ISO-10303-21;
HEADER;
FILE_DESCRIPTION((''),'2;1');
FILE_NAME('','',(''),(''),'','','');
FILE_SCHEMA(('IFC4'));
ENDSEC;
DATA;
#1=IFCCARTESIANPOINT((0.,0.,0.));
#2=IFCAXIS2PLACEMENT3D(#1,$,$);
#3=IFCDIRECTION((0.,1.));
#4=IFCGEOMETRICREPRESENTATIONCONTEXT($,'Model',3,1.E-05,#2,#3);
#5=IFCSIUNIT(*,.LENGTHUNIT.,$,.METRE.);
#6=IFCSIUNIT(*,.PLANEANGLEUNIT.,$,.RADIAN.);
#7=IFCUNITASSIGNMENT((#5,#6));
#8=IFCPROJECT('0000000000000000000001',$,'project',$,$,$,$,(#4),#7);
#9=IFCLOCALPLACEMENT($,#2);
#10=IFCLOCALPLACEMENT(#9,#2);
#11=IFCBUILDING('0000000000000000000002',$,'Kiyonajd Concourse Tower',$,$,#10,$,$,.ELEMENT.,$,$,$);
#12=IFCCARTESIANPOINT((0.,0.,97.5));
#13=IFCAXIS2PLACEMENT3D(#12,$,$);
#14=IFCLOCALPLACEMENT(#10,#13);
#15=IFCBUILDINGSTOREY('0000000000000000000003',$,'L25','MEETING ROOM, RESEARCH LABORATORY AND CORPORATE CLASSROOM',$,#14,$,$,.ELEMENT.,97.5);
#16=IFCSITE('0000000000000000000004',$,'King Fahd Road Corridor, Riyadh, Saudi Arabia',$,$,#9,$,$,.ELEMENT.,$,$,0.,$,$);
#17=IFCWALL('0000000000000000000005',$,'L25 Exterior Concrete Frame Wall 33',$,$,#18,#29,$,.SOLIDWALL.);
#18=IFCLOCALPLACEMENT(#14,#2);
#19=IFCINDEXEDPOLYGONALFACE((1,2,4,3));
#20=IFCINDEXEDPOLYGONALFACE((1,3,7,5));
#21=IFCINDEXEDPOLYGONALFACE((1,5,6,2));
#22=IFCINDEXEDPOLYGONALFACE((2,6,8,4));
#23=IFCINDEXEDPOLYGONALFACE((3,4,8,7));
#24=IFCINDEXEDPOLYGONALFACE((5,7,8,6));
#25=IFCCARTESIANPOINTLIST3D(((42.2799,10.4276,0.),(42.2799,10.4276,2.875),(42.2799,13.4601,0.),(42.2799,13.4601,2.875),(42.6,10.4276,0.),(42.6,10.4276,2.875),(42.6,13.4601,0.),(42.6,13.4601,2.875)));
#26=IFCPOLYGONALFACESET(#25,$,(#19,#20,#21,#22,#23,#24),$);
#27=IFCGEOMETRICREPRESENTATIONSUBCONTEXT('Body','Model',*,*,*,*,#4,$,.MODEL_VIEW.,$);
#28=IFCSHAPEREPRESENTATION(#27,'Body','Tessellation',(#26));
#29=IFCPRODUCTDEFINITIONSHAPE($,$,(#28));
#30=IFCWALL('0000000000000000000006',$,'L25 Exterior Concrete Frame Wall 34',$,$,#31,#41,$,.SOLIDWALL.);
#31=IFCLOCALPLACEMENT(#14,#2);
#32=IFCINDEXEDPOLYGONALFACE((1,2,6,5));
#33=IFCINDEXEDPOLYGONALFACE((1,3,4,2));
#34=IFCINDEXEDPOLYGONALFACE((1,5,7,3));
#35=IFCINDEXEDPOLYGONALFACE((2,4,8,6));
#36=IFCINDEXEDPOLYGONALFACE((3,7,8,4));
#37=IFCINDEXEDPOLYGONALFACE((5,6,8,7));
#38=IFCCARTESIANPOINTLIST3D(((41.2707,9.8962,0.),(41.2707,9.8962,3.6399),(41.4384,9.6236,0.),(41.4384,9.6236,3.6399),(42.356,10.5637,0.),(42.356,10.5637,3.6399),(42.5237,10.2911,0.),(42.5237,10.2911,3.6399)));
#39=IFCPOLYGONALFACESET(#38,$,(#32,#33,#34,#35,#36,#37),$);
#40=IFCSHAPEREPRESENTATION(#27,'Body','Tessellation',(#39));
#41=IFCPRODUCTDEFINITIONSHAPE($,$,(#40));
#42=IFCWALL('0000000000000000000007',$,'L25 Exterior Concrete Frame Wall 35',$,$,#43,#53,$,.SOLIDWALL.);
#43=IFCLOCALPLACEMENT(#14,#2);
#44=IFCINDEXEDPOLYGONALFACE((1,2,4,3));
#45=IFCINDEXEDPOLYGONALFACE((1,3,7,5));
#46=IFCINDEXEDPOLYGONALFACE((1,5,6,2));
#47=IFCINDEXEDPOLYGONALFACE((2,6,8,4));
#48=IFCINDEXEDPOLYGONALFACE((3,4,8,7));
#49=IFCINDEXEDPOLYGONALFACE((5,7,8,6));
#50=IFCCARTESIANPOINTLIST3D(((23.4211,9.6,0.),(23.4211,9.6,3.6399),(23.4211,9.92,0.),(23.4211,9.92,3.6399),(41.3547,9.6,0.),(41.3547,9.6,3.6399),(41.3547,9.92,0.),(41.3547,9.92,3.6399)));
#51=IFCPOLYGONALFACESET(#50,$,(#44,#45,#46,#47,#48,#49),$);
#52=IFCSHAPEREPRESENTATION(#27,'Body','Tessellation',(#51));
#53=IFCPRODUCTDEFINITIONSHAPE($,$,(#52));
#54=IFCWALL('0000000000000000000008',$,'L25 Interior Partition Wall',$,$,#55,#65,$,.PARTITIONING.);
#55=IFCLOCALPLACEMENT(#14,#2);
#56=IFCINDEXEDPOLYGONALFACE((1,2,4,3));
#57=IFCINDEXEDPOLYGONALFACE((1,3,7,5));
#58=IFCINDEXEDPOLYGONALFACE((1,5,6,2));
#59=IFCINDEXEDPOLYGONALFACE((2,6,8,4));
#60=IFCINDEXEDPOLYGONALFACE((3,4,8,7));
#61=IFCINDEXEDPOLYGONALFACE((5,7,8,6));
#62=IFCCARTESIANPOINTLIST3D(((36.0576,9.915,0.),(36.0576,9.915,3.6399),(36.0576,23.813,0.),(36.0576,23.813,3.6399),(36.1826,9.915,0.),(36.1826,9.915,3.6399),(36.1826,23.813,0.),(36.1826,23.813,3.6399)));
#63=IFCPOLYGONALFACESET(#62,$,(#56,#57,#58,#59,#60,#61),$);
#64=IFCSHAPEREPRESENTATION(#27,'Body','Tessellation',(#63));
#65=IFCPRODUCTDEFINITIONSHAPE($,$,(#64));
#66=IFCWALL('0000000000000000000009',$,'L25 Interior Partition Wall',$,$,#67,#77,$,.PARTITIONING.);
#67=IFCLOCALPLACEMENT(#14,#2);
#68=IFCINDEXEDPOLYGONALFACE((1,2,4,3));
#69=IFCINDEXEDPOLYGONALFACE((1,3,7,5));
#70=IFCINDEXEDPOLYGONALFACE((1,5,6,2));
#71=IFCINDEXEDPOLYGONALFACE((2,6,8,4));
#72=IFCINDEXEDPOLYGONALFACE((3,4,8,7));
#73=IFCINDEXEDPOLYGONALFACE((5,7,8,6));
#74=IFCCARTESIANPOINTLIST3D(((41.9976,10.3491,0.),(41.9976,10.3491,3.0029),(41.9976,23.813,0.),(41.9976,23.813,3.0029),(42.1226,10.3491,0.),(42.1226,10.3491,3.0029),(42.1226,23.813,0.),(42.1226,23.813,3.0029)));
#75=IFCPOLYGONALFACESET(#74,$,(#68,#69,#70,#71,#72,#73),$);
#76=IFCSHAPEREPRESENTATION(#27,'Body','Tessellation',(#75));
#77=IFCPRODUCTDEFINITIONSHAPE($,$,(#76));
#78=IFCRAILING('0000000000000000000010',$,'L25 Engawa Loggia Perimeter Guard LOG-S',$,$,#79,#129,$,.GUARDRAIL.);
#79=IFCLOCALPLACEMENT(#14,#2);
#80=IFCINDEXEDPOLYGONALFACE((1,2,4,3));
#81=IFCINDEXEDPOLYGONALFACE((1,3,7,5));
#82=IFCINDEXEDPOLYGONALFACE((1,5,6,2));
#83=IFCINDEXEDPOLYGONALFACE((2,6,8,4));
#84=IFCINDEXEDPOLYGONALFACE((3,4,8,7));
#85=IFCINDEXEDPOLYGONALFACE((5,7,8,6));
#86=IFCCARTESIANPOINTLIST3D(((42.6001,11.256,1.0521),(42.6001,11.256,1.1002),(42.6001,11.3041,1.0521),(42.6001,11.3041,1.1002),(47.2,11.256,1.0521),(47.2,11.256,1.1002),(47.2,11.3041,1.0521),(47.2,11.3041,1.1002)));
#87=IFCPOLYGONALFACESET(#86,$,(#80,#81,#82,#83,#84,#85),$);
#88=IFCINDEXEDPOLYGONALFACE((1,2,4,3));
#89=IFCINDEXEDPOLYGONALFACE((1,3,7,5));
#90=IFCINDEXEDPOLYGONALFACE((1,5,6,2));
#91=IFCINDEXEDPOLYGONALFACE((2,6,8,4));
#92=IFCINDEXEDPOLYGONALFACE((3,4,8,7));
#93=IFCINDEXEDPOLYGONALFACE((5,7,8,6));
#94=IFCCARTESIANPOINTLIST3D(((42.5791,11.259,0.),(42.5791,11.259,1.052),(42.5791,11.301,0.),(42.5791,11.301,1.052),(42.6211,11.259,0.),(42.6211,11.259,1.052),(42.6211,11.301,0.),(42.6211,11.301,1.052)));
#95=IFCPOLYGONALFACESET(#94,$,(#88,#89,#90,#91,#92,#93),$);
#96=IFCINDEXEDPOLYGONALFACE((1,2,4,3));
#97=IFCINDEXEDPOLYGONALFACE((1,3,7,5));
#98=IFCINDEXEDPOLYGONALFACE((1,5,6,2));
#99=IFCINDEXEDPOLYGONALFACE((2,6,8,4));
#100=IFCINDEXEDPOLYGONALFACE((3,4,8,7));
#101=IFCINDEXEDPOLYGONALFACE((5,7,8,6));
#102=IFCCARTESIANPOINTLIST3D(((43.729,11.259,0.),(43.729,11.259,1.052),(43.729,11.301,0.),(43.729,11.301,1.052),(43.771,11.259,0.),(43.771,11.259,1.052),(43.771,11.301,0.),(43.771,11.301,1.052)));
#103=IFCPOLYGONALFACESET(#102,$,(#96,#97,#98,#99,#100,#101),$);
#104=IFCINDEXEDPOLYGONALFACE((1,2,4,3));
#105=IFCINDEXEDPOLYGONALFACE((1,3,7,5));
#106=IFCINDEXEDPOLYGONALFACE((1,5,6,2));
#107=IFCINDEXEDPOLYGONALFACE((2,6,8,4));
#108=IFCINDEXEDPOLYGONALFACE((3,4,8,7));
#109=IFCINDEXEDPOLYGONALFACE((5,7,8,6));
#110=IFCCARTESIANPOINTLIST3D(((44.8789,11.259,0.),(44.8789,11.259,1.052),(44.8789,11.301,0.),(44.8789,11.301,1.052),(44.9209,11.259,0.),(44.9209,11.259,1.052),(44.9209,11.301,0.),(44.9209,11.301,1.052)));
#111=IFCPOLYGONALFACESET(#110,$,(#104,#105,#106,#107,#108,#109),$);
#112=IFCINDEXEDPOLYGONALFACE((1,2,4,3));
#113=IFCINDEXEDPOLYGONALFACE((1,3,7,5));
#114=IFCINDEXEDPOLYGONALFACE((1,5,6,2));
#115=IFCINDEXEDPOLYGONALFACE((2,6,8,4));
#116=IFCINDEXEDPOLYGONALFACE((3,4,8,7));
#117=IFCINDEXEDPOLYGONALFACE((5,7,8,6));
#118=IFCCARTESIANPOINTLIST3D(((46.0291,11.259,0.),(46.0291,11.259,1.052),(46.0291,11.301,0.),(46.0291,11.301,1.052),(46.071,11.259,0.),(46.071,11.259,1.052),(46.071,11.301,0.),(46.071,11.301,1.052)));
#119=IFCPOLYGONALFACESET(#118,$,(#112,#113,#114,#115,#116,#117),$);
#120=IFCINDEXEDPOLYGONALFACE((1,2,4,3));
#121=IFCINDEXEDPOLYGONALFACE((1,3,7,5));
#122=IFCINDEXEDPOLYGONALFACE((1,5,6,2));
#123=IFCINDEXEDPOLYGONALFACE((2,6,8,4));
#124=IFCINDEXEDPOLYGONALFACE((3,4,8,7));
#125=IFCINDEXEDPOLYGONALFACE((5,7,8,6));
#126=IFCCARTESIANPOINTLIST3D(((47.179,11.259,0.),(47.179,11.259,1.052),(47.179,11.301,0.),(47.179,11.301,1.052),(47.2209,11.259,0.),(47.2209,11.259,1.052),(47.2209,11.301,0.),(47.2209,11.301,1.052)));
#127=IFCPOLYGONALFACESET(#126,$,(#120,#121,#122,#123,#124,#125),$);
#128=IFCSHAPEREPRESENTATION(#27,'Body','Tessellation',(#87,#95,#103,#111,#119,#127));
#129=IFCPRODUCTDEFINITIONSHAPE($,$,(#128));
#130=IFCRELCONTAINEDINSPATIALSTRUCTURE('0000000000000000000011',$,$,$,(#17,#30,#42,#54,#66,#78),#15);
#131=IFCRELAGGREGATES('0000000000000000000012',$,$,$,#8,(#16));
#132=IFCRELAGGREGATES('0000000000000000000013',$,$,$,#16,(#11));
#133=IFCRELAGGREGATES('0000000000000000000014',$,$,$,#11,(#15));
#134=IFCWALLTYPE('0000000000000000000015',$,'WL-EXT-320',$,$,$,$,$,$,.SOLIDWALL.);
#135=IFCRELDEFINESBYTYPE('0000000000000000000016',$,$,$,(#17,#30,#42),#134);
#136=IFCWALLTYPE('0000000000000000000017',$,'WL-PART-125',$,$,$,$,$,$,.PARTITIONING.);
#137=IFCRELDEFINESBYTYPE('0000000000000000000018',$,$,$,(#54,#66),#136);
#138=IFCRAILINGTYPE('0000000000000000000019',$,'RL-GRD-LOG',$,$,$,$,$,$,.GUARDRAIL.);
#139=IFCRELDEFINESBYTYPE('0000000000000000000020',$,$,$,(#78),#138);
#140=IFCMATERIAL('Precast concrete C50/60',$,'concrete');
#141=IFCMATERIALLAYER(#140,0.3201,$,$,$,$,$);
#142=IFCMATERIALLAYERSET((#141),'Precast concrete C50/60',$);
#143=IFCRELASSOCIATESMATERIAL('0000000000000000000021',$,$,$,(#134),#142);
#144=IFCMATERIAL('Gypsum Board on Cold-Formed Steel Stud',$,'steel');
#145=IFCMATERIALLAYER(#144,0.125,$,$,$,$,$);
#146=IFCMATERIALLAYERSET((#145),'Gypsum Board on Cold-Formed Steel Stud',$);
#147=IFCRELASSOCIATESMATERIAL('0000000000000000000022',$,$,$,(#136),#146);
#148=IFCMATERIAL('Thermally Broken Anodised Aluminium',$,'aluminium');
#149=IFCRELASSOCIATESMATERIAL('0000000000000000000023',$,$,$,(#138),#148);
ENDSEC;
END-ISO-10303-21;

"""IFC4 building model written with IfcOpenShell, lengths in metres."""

from ifc_helpers import new_model, si_unit, direction, frame, frame_2d, origin, origin_2d, place, context, subcontext, project, spatial, rectangle, extrude, material, layer, layer_set, type_object, element, save


model = new_model("IFC4")

# Units and contexts
model_context = context("Model", 3, precision=1e-05, world=origin(), true_north=direction((0.0, 1.0)))
body_context = subcontext(model_context, "Body", "Model", "MODEL_VIEW")
ifc_project = project(units=[si_unit("LENGTHUNIT", "METRE"), si_unit("PLANEANGLEUNIT", "RADIAN")], contexts=[model_context])

# Site, building, storey
site_placement = place(None, origin())
site = spatial("IfcSite", under=ifc_project, at=site_placement, Name="King Fahd Road Corridor, Riyadh, Saudi Arabia", CompositionType="ELEMENT", RefElevation=0.0)
building_placement = place(site_placement, origin())
building = spatial("IfcBuilding", under=site, at=building_placement, Name="Kiyonajd Concourse Tower", CompositionType="ELEMENT")
storey_placement = place(building_placement, frame((0.0, 0.0, 97.5)))
storey = spatial("IfcBuildingStorey", under=building, at=storey_placement, Name="L25", Description="MEETING ROOM, RESEARCH LABORATORY AND CORPORATE CLASSROOM", CompositionType="ELEMENT", Elevation=97.5)

# Shared definitions
ifc_material_1 = material(Name="Precast concrete C50/60", Category="concrete")

# Shared definitions
ifc_material_2 = material(Name="Thermally Broken Anodised Aluminium", Category="aluminium")

# Walls
ifc_layer_1 = layer(ifc_material_1, 0.3201)
ifc_layer_set_1 = layer_set([ifc_layer_1], Name="Precast concrete C50/60")
wall_type_1 = type_object("IfcWallType", Name="WL-EXT-320", PredefinedType="SOLIDWALL", material=ifc_layer_set_1)
wall_1_placement = place(storey_placement, frame((42.4399, 13.46, 0.0), z_axis=(0.0, 0.0, 1.0), x_axis=(0.0, -1.0, 0.0)))
element("IfcWall", 1, at=wall_1_placement, inside=storey, type_object=wall_type_1, Name="L25 Exterior Concrete Frame Wall 33", PredefinedType="SOLIDWALL", context=body_context, shape_type="SweptSolid", body=[
    extrude(rectangle(XDim=3.0325, YDim=0.3201, at=frame_2d((1.5161, 0.0))), origin(), (0.0, 0.0, 1.0), 2.875),
])
wall_2_placement = place(storey_placement, frame((42.4399, 10.4275, 0.0), z_axis=(0.0, 0.0, 1.0), x_axis=(-0.851777, -0.523905, 0.0)))
element("IfcWall", 2, at=wall_2_placement, inside=storey, type_object=wall_type_1, Name="L25 Exterior Concrete Frame Wall 34", PredefinedType="SOLIDWALL", context=body_context, shape_type="SweptSolid", body=[
    extrude(rectangle(XDim=1.2742, YDim=0.3201, at=frame_2d((0.6372, 0.0))), origin(), (0.0, 0.0, 1.0), 3.6399),
])
wall_3_placement = place(storey_placement, frame((41.3547, 9.76, 0.0), z_axis=(0.0, 0.0, 1.0), x_axis=(-1.0, 0.0, 0.0)))
element("IfcWall", 3, at=wall_3_placement, inside=storey, type_object=wall_type_1, Name="L25 Exterior Concrete Frame Wall 35", PredefinedType="SOLIDWALL", context=body_context, shape_type="SweptSolid", body=[
    extrude(rectangle(XDim=17.9336, YDim=0.3201, at=frame_2d((8.9668, 0.0))), origin(), (0.0, 0.0, 1.0), 3.6399),
])
ifc_material_3 = material(Name="Gypsum Board on Cold-Formed Steel Stud", Category="steel")
ifc_layer_2 = layer(ifc_material_3, 0.125)
ifc_layer_set_2 = layer_set([ifc_layer_2], Name="Gypsum Board on Cold-Formed Steel Stud")
wall_type_2 = type_object("IfcWallType", Name="WL-PART-125", PredefinedType="PARTITIONING", material=ifc_layer_set_2)
wall_4_placement = place(storey_placement, frame((36.1201, 9.915, 0.0), z_axis=(0.0, 0.0, 1.0), x_axis=(0.0, 1.0, 0.0)))
element("IfcWall", 4, at=wall_4_placement, inside=storey, type_object=wall_type_2, Name="L25 Interior Partition Wall", PredefinedType="PARTITIONING", context=body_context, shape_type="SweptSolid", body=[
    extrude(rectangle(XDim=13.8979, YDim=0.125, at=frame_2d((6.949, 0.0))), origin(), (0.0, 0.0, 1.0), 3.6399),
])
wall_5_placement = place(storey_placement, frame((42.0601, 10.3491, 0.0), z_axis=(0.0, 0.0, 1.0), x_axis=(0.0, 1.0, 0.0)))
element("IfcWall", 5, at=wall_5_placement, inside=storey, type_object=wall_type_2, Name="L25 Interior Partition Wall", PredefinedType="PARTITIONING", context=body_context, shape_type="SweptSolid", body=[
    extrude(rectangle(XDim=13.4639, YDim=0.125, at=frame_2d((6.7319, 0.0))), origin(), (0.0, 0.0, 1.0), 3.0029),
])

# Railing
railing_type = type_object("IfcRailingType", Name="RL-GRD-LOG", PredefinedType="GUARDRAIL", material=ifc_material_2)
railing_placement = place(storey_placement, frame((42.6001, 11.28, 0.0)))
element("IfcRailing", 6, at=railing_placement, inside=storey, type_object=railing_type, Name="L25 Engawa Loggia Perimeter Guard LOG-S", PredefinedType="GUARDRAIL", context=body_context, shape_type="SweptSolid", body=[
    extrude(rectangle(XDim=0.0481, YDim=0.0481, at=origin_2d()), frame((0.0, 0.0, 1.0762), z_axis=(1.0, 0.0, 0.0), x_axis=(0.0, 1.0, 0.0)), (0.0, 0.0, 1.0), 4.5999),
    extrude(rectangle(XDim=0.042, YDim=0.042, at=origin_2d()), origin(), (0.0, 0.0, 1.0), 1.052),
    extrude(rectangle(XDim=0.042, YDim=0.042, at=origin_2d()), frame((1.1499, 0.0, 0.0)), (0.0, 0.0, 1.0), 1.052),
    extrude(rectangle(XDim=0.042, YDim=0.042, at=origin_2d()), frame((2.2998, 0.0, 0.0)), (0.0, 0.0, 1.0), 1.052),
    extrude(rectangle(XDim=0.042, YDim=0.042, at=origin_2d()), frame((3.45, 0.0, 0.0)), (0.0, 0.0, 1.0), 1.052),
    extrude(rectangle(XDim=0.042, YDim=0.042, at=origin_2d()), frame((4.5999, 0.0, 0.0)), (0.0, 0.0, 1.0), 1.052),
])

save(model, "model.ifc")
